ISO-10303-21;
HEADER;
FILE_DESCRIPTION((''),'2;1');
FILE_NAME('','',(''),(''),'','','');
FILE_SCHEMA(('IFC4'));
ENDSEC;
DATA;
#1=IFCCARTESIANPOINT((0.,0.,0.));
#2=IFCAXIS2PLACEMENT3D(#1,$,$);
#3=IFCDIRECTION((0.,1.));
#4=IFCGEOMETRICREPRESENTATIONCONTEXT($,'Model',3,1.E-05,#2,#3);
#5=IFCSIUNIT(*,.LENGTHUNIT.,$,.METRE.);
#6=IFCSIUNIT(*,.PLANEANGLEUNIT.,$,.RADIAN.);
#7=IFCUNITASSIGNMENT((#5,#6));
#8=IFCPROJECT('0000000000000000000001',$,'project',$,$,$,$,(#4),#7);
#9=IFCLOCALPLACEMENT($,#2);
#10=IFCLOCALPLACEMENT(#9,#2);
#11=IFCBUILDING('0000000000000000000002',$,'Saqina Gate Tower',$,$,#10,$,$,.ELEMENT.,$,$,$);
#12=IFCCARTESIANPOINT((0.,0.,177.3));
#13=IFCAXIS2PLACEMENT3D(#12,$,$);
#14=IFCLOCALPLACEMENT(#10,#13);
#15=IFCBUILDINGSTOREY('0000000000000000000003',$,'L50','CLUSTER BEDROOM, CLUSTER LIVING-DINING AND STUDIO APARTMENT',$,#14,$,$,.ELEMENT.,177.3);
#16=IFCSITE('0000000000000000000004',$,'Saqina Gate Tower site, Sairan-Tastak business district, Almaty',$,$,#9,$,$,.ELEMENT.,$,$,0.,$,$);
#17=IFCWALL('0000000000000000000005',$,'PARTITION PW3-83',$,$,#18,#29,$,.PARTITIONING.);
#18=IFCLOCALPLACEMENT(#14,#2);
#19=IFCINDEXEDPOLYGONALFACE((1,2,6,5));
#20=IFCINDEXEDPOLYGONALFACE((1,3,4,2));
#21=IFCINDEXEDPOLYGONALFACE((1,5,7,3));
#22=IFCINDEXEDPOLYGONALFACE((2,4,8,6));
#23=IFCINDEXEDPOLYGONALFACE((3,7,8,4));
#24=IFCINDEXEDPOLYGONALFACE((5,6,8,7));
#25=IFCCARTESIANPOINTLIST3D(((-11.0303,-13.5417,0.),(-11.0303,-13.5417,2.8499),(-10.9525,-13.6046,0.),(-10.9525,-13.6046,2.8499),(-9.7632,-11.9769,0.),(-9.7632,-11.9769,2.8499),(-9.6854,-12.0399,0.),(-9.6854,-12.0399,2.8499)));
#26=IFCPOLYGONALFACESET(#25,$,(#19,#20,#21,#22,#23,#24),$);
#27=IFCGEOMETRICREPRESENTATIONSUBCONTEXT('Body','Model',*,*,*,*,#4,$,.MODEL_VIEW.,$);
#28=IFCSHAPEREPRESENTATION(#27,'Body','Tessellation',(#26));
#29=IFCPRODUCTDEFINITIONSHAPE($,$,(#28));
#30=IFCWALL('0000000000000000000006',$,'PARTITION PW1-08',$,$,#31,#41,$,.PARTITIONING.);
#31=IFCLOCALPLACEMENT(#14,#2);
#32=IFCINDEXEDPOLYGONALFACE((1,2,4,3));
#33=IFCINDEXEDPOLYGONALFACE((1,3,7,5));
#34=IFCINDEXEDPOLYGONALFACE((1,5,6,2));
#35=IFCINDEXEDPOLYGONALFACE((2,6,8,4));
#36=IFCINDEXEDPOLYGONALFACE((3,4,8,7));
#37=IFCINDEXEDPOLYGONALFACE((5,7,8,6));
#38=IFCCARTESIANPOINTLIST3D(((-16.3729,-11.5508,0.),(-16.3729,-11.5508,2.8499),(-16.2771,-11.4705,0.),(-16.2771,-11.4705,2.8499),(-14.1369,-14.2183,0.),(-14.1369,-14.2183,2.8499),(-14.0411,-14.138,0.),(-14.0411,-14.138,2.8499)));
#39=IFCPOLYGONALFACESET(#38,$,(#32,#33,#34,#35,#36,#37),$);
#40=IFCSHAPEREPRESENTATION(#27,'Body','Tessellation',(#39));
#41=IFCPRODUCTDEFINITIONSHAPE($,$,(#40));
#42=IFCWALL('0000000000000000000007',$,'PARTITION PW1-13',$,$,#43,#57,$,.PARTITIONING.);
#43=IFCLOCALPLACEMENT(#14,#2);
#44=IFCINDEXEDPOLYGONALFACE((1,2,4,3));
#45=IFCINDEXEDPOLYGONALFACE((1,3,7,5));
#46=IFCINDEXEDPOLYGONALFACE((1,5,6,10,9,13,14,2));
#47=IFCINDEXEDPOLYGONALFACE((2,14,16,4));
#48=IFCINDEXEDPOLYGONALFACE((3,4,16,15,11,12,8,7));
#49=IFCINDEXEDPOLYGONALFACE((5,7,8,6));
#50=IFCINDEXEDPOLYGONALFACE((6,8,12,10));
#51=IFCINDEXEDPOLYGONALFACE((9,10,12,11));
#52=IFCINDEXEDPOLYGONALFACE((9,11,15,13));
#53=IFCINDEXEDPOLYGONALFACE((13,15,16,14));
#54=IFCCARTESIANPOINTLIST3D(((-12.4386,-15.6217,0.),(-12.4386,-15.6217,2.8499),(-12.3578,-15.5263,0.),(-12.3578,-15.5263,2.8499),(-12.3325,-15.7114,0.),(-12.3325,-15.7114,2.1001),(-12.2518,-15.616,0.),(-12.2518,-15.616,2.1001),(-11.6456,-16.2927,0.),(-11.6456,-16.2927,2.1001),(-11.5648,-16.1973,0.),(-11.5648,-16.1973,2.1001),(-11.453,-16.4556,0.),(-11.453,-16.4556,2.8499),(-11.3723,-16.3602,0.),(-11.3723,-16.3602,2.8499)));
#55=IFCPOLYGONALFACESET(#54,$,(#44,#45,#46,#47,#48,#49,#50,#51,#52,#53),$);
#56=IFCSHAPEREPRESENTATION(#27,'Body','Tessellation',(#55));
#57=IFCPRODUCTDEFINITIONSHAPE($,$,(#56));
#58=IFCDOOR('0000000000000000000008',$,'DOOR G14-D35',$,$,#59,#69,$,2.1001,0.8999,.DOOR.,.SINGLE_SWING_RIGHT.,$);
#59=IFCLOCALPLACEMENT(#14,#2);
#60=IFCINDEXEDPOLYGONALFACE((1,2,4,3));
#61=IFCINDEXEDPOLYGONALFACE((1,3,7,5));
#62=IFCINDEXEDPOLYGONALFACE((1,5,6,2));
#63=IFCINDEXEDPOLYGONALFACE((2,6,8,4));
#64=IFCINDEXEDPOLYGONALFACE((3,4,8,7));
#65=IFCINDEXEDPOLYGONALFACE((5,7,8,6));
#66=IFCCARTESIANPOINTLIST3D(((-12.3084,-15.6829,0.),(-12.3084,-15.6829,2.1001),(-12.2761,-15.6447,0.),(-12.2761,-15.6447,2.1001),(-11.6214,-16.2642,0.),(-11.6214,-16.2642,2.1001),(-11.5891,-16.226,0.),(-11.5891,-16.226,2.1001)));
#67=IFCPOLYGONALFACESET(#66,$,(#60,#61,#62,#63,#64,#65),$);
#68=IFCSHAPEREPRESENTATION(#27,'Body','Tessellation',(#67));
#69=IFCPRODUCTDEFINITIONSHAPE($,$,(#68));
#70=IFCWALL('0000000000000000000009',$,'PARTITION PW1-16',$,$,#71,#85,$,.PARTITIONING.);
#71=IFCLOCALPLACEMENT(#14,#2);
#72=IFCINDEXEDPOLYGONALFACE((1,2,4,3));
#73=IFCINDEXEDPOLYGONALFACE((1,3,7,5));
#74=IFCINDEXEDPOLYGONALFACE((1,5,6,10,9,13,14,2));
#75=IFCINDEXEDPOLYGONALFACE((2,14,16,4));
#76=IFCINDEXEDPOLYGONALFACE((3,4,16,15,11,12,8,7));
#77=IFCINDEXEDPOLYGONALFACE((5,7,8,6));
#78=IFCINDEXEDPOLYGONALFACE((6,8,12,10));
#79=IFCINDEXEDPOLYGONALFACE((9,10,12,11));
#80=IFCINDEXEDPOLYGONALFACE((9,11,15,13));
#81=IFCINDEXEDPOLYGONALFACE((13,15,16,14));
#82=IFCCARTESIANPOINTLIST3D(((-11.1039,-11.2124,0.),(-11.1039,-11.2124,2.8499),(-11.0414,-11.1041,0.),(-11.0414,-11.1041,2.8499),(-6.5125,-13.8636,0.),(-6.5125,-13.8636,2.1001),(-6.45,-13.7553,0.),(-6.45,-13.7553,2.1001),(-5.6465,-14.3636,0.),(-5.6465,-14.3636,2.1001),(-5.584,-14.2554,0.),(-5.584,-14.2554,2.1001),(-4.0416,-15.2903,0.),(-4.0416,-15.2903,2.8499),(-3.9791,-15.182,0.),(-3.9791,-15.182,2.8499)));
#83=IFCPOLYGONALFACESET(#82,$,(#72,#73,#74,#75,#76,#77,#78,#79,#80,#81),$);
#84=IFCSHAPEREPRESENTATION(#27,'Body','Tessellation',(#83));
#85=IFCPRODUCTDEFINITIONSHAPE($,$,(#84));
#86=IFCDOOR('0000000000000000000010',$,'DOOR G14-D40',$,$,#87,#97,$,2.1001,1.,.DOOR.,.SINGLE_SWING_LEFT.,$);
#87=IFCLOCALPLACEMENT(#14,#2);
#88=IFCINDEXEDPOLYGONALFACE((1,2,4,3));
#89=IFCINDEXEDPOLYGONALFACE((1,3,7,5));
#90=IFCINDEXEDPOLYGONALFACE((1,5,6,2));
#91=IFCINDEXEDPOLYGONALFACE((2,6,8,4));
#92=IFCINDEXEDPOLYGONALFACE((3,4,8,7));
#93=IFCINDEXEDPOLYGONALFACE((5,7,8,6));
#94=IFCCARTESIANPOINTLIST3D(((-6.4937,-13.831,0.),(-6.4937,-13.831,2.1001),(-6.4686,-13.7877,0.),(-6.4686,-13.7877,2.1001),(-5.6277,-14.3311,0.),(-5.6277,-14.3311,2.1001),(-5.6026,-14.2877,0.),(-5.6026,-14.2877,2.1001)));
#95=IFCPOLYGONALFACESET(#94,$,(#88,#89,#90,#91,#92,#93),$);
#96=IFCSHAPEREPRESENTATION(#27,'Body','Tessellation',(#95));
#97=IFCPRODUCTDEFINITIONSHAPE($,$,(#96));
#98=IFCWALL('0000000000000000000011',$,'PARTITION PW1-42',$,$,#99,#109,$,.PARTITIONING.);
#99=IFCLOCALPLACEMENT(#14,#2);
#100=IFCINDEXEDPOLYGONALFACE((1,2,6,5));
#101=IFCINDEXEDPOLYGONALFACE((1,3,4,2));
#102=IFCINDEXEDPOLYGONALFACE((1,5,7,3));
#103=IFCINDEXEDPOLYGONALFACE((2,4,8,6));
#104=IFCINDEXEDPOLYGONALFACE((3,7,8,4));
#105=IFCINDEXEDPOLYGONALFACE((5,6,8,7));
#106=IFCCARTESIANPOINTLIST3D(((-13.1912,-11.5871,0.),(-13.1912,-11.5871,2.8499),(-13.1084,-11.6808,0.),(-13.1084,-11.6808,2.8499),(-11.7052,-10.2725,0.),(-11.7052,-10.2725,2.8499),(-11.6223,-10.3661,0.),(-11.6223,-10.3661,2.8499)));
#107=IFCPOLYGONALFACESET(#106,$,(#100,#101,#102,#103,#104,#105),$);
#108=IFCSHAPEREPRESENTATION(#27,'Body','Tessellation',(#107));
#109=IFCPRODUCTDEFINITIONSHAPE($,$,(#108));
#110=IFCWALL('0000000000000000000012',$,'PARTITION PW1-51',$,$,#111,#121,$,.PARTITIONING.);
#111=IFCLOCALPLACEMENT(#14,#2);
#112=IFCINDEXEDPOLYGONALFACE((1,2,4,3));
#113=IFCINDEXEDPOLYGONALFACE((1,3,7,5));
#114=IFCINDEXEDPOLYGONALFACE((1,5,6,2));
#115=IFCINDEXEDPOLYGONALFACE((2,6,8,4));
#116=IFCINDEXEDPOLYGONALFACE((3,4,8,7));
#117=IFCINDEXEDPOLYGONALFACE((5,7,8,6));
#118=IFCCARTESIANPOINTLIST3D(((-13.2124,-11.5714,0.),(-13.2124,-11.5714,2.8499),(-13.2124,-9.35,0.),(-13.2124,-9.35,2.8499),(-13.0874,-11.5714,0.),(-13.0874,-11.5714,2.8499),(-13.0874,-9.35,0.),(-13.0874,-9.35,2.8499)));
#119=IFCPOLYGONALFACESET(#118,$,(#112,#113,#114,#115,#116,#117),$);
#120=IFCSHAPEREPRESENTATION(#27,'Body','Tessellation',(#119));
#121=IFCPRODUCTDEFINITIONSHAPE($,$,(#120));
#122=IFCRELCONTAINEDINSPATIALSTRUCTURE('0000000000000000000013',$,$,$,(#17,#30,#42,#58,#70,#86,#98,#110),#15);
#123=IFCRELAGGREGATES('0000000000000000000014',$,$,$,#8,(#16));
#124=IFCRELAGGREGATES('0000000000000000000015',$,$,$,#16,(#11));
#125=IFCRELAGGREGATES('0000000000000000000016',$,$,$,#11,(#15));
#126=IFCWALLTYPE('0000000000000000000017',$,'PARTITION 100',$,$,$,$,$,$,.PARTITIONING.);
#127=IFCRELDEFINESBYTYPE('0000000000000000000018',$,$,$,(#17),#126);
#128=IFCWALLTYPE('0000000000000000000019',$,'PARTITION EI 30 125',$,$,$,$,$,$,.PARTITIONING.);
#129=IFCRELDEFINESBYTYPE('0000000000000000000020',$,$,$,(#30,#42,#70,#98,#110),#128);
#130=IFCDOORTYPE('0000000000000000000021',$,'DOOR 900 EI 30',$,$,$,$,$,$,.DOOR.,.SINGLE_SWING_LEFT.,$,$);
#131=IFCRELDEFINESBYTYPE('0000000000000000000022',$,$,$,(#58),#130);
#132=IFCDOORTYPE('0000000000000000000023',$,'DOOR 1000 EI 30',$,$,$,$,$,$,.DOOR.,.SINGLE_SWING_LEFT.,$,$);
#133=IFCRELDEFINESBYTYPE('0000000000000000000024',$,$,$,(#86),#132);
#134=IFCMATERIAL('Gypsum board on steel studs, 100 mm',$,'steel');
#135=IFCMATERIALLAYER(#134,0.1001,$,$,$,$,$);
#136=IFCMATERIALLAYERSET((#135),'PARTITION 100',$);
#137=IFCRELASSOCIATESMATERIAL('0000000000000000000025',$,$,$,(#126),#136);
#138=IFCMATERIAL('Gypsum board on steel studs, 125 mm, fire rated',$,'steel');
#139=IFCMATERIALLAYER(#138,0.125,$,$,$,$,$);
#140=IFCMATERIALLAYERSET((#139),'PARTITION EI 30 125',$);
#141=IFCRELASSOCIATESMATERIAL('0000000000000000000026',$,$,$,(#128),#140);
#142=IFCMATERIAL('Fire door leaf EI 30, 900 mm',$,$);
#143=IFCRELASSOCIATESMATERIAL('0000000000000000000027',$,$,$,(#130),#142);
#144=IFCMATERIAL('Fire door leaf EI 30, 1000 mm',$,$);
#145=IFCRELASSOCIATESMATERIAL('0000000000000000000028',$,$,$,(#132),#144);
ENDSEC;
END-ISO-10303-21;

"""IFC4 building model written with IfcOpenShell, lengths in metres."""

from ifc_helpers import new_model, si_unit, direction, frame, frame_2d, origin, place, context, subcontext, project, spatial, rectangle, extrude, material, layer, layer_set, type_object, element, fill, save


model = new_model("IFC4")

# Units and contexts
model_context = context("Model", 3, precision=1e-05, world=origin(), true_north=direction((0.0, 1.0)))
body_context = subcontext(model_context, "Body", "Model", "MODEL_VIEW")
ifc_project = project(units=[si_unit("LENGTHUNIT", "METRE"), si_unit("PLANEANGLEUNIT", "RADIAN")], contexts=[model_context])

# Site, building, storey
site_placement = place(None, origin())
site = spatial("IfcSite", under=ifc_project, at=site_placement, Name="Saqina Gate Tower site, Sairan-Tastak business district, Almaty", CompositionType="ELEMENT", RefElevation=0.0)
building_placement = place(site_placement, origin())
building = spatial("IfcBuilding", under=site, at=building_placement, Name="Saqina Gate Tower", CompositionType="ELEMENT")
storey_placement = place(building_placement, frame((0.0, 0.0, 177.3)))
storey = spatial("IfcBuildingStorey", under=building, at=storey_placement, Name="L50", Description="CLUSTER BEDROOM, CLUSTER LIVING-DINING AND STUDIO APARTMENT", CompositionType="ELEMENT", Elevation=177.3)

# Shared definitions
ifc_material_1 = material(Name="Gypsum board on steel studs, 100 mm", Category="steel")
ifc_layer_1 = layer(ifc_material_1, 0.1001)
ifc_layer_set_1 = layer_set([ifc_layer_1], Name="PARTITION 100")
wall_type_1 = type_object("IfcWallType", Name="PARTITION 100", PredefinedType="PARTITIONING", material=ifc_layer_set_1)

# Walls
wall_1_placement = place(storey_placement, frame((-10.9915, -13.5732, 0.0), z_axis=(0.0, 0.0, 1.0), x_axis=(0.629327, 0.77714, 0.0)))
element("IfcWall", 1, at=wall_1_placement, inside=storey, type_object=wall_type_1, Name="PARTITION PW3-83", PredefinedType="PARTITIONING", context=body_context, shape_type="SweptSolid", body=[
    extrude(rectangle(XDim=2.0134, YDim=0.1001, at=frame_2d((1.0068, 0.0))), origin(), (0.0, 0.0, 1.0), 2.8499),
])
ifc_material_2 = material(Name="Gypsum board on steel studs, 125 mm, fire rated", Category="steel")
ifc_layer_2 = layer(ifc_material_2, 0.125)
ifc_layer_set_2 = layer_set([ifc_layer_2], Name="PARTITION EI 30 125")
wall_type_2 = type_object("IfcWallType", Name="PARTITION EI 30 125", PredefinedType="PARTITIONING", material=ifc_layer_set_2)
wall_2_placement = place(storey_placement, frame((-16.325, -11.5107, 0.0), z_axis=(0.0, 0.0, 1.0), x_axis=(0.642417, -0.766355, 0.0)))
element("IfcWall", 2, at=wall_2_placement, inside=storey, type_object=wall_type_2, Name="PARTITION PW1-08", PredefinedType="PARTITIONING", context=body_context, shape_type="SweptSolid", body=[
    extrude(rectangle(XDim=3.4807, YDim=0.125, at=frame_2d((1.7402, 0.0))), origin(), (0.0, 0.0, 1.0), 2.8499),
])

# Walls, openings, doors
wall_3_placement = place(storey_placement, frame((-12.3982, -15.574, 0.0), z_axis=(0.0, 0.0, 1.0), x_axis=(0.763379, -0.645951, 0.0)))
wall_3 = element("IfcWall", 3, at=wall_3_placement, inside=storey, type_object=wall_type_2, Name="PARTITION PW1-13", PredefinedType="PARTITIONING", context=body_context, shape_type="SweptSolid", body=[
    extrude(rectangle(XDim=1.291, YDim=0.125, at=frame_2d((0.6455, 0.0))), origin(), (0.0, 0.0, 1.0), 2.8499),
])
opening_1_placement = place(wall_3_placement, frame((0.1389, 0.0, 0.0)))
opening_1 = element("IfcOpeningElement", 4, at=opening_1_placement, cuts=wall_3, PredefinedType="OPENING", context=body_context, shape_type="SweptSolid", body=[
    extrude(rectangle(XDim=0.8999, YDim=2.1001, at=frame_2d((0.45, 1.05))), frame((0.0, 0.0745, 0.0), z_axis=(0.0, -1.0, 0.0), x_axis=(1.0, 0.0, 0.0)), (0.0, 0.0, 1.0), 0.1489),
])
ifc_material_3 = material(Name="Fire door leaf EI 30, 900 mm")
door_type_1 = type_object("IfcDoorType", Name="DOOR 900 EI 30", OperationType="SINGLE_SWING_LEFT", PredefinedType="DOOR", material=ifc_material_3)
door_1_placement = place(opening_1_placement, origin())
door_1 = element("IfcDoor", 5, at=door_1_placement, inside=storey, type_object=door_type_1, Name="DOOR G14-D35", OperationType="SINGLE_SWING_RIGHT", OverallHeight=2.1001, OverallWidth=0.8999, PredefinedType="DOOR", context=body_context, shape_type="SweptSolid", body=[
    extrude(rectangle(XDim=0.8999, YDim=2.1001, at=frame_2d((0.45, 1.05))), frame((0.0, 0.0249, 0.0), z_axis=(0.0, -1.0, 0.0), x_axis=(1.0, 0.0, 0.0)), (0.0, 0.0, 1.0), 0.05),
])
fill(opening_1, door_1)
wall_4_placement = place(storey_placement, frame((-11.0728, -11.1582, 0.0), z_axis=(0.0, 0.0, 1.0), x_axis=(0.866, -0.500045, 0.0)))
wall_4 = element("IfcWall", 6, at=wall_4_placement, inside=storey, type_object=wall_type_2, Name="PARTITION PW1-16", PredefinedType="PARTITIONING", context=body_context, shape_type="SweptSolid", body=[
    extrude(rectangle(XDim=8.155, YDim=0.125, at=frame_2d((4.0776, 0.0))), origin(), (0.0, 0.0, 1.0), 2.8499),
])
opening_2_placement = place(wall_4_placement, frame((5.302, 0.0, 0.0)))
opening_2 = element("IfcOpeningElement", 7, at=opening_2_placement, cuts=wall_4, PredefinedType="OPENING", context=body_context, shape_type="SweptSolid", body=[
    extrude(rectangle(XDim=1.0, YDim=2.1001, at=frame_2d((0.5, 1.05))), frame((0.0, 0.0745, 0.0), z_axis=(0.0, -1.0, 0.0), x_axis=(1.0, 0.0, 0.0)), (0.0, 0.0, 1.0), 0.1489),
])
ifc_material_4 = material(Name="Fire door leaf EI 30, 1000 mm")
door_type_2 = type_object("IfcDoorType", Name="DOOR 1000 EI 30", OperationType="SINGLE_SWING_LEFT", PredefinedType="DOOR", material=ifc_material_4)
door_2_placement = place(opening_2_placement, frame((1.0, 0.0, 0.0), z_axis=(0.0, 0.0, 1.0), x_axis=(-1.0, 0.0, 0.0)))
door_2 = element("IfcDoor", 8, at=door_2_placement, inside=storey, type_object=door_type_2, Name="DOOR G14-D40", OperationType="SINGLE_SWING_LEFT", OverallHeight=2.1001, OverallWidth=1.0, PredefinedType="DOOR", context=body_context, shape_type="SweptSolid", body=[
    extrude(rectangle(XDim=1.0, YDim=2.1001, at=frame_2d((0.5, 1.05))), frame((0.0, 0.0249, 0.0), z_axis=(0.0, -1.0, 0.0), x_axis=(1.0, 0.0, 0.0)), (0.0, 0.0, 1.0), 0.05),
])
fill(opening_2, door_2)

# Walls
wall_5_placement = place(storey_placement, frame((-13.1499, -11.634, 0.0), z_axis=(0.0, 0.0, 1.0), x_axis=(0.748975, 0.662598, 0.0)))
element("IfcWall", 9, at=wall_5_placement, inside=storey, type_object=wall_type_2, Name="PARTITION PW1-42", PredefinedType="PARTITIONING", context=body_context, shape_type="SweptSolid", body=[
    extrude(rectangle(XDim=1.9841, YDim=0.125, at=frame_2d((0.9922, 0.0))), origin(), (0.0, 0.0, 1.0), 2.8499),
])
wall_6_placement = place(storey_placement, frame((-13.1499, -11.5715, 0.0), z_axis=(0.0, 0.0, 1.0), x_axis=(0.0, 1.0, 0.0)))
element("IfcWall", 10, at=wall_6_placement, inside=storey, type_object=wall_type_2, Name="PARTITION PW1-51", PredefinedType="PARTITIONING", context=body_context, shape_type="SweptSolid", body=[
    extrude(rectangle(XDim=2.2214, YDim=0.125, at=frame_2d((1.1108, 0.0))), origin(), (0.0, 0.0, 1.0), 2.8499),
])

save(model, "model.ifc")
